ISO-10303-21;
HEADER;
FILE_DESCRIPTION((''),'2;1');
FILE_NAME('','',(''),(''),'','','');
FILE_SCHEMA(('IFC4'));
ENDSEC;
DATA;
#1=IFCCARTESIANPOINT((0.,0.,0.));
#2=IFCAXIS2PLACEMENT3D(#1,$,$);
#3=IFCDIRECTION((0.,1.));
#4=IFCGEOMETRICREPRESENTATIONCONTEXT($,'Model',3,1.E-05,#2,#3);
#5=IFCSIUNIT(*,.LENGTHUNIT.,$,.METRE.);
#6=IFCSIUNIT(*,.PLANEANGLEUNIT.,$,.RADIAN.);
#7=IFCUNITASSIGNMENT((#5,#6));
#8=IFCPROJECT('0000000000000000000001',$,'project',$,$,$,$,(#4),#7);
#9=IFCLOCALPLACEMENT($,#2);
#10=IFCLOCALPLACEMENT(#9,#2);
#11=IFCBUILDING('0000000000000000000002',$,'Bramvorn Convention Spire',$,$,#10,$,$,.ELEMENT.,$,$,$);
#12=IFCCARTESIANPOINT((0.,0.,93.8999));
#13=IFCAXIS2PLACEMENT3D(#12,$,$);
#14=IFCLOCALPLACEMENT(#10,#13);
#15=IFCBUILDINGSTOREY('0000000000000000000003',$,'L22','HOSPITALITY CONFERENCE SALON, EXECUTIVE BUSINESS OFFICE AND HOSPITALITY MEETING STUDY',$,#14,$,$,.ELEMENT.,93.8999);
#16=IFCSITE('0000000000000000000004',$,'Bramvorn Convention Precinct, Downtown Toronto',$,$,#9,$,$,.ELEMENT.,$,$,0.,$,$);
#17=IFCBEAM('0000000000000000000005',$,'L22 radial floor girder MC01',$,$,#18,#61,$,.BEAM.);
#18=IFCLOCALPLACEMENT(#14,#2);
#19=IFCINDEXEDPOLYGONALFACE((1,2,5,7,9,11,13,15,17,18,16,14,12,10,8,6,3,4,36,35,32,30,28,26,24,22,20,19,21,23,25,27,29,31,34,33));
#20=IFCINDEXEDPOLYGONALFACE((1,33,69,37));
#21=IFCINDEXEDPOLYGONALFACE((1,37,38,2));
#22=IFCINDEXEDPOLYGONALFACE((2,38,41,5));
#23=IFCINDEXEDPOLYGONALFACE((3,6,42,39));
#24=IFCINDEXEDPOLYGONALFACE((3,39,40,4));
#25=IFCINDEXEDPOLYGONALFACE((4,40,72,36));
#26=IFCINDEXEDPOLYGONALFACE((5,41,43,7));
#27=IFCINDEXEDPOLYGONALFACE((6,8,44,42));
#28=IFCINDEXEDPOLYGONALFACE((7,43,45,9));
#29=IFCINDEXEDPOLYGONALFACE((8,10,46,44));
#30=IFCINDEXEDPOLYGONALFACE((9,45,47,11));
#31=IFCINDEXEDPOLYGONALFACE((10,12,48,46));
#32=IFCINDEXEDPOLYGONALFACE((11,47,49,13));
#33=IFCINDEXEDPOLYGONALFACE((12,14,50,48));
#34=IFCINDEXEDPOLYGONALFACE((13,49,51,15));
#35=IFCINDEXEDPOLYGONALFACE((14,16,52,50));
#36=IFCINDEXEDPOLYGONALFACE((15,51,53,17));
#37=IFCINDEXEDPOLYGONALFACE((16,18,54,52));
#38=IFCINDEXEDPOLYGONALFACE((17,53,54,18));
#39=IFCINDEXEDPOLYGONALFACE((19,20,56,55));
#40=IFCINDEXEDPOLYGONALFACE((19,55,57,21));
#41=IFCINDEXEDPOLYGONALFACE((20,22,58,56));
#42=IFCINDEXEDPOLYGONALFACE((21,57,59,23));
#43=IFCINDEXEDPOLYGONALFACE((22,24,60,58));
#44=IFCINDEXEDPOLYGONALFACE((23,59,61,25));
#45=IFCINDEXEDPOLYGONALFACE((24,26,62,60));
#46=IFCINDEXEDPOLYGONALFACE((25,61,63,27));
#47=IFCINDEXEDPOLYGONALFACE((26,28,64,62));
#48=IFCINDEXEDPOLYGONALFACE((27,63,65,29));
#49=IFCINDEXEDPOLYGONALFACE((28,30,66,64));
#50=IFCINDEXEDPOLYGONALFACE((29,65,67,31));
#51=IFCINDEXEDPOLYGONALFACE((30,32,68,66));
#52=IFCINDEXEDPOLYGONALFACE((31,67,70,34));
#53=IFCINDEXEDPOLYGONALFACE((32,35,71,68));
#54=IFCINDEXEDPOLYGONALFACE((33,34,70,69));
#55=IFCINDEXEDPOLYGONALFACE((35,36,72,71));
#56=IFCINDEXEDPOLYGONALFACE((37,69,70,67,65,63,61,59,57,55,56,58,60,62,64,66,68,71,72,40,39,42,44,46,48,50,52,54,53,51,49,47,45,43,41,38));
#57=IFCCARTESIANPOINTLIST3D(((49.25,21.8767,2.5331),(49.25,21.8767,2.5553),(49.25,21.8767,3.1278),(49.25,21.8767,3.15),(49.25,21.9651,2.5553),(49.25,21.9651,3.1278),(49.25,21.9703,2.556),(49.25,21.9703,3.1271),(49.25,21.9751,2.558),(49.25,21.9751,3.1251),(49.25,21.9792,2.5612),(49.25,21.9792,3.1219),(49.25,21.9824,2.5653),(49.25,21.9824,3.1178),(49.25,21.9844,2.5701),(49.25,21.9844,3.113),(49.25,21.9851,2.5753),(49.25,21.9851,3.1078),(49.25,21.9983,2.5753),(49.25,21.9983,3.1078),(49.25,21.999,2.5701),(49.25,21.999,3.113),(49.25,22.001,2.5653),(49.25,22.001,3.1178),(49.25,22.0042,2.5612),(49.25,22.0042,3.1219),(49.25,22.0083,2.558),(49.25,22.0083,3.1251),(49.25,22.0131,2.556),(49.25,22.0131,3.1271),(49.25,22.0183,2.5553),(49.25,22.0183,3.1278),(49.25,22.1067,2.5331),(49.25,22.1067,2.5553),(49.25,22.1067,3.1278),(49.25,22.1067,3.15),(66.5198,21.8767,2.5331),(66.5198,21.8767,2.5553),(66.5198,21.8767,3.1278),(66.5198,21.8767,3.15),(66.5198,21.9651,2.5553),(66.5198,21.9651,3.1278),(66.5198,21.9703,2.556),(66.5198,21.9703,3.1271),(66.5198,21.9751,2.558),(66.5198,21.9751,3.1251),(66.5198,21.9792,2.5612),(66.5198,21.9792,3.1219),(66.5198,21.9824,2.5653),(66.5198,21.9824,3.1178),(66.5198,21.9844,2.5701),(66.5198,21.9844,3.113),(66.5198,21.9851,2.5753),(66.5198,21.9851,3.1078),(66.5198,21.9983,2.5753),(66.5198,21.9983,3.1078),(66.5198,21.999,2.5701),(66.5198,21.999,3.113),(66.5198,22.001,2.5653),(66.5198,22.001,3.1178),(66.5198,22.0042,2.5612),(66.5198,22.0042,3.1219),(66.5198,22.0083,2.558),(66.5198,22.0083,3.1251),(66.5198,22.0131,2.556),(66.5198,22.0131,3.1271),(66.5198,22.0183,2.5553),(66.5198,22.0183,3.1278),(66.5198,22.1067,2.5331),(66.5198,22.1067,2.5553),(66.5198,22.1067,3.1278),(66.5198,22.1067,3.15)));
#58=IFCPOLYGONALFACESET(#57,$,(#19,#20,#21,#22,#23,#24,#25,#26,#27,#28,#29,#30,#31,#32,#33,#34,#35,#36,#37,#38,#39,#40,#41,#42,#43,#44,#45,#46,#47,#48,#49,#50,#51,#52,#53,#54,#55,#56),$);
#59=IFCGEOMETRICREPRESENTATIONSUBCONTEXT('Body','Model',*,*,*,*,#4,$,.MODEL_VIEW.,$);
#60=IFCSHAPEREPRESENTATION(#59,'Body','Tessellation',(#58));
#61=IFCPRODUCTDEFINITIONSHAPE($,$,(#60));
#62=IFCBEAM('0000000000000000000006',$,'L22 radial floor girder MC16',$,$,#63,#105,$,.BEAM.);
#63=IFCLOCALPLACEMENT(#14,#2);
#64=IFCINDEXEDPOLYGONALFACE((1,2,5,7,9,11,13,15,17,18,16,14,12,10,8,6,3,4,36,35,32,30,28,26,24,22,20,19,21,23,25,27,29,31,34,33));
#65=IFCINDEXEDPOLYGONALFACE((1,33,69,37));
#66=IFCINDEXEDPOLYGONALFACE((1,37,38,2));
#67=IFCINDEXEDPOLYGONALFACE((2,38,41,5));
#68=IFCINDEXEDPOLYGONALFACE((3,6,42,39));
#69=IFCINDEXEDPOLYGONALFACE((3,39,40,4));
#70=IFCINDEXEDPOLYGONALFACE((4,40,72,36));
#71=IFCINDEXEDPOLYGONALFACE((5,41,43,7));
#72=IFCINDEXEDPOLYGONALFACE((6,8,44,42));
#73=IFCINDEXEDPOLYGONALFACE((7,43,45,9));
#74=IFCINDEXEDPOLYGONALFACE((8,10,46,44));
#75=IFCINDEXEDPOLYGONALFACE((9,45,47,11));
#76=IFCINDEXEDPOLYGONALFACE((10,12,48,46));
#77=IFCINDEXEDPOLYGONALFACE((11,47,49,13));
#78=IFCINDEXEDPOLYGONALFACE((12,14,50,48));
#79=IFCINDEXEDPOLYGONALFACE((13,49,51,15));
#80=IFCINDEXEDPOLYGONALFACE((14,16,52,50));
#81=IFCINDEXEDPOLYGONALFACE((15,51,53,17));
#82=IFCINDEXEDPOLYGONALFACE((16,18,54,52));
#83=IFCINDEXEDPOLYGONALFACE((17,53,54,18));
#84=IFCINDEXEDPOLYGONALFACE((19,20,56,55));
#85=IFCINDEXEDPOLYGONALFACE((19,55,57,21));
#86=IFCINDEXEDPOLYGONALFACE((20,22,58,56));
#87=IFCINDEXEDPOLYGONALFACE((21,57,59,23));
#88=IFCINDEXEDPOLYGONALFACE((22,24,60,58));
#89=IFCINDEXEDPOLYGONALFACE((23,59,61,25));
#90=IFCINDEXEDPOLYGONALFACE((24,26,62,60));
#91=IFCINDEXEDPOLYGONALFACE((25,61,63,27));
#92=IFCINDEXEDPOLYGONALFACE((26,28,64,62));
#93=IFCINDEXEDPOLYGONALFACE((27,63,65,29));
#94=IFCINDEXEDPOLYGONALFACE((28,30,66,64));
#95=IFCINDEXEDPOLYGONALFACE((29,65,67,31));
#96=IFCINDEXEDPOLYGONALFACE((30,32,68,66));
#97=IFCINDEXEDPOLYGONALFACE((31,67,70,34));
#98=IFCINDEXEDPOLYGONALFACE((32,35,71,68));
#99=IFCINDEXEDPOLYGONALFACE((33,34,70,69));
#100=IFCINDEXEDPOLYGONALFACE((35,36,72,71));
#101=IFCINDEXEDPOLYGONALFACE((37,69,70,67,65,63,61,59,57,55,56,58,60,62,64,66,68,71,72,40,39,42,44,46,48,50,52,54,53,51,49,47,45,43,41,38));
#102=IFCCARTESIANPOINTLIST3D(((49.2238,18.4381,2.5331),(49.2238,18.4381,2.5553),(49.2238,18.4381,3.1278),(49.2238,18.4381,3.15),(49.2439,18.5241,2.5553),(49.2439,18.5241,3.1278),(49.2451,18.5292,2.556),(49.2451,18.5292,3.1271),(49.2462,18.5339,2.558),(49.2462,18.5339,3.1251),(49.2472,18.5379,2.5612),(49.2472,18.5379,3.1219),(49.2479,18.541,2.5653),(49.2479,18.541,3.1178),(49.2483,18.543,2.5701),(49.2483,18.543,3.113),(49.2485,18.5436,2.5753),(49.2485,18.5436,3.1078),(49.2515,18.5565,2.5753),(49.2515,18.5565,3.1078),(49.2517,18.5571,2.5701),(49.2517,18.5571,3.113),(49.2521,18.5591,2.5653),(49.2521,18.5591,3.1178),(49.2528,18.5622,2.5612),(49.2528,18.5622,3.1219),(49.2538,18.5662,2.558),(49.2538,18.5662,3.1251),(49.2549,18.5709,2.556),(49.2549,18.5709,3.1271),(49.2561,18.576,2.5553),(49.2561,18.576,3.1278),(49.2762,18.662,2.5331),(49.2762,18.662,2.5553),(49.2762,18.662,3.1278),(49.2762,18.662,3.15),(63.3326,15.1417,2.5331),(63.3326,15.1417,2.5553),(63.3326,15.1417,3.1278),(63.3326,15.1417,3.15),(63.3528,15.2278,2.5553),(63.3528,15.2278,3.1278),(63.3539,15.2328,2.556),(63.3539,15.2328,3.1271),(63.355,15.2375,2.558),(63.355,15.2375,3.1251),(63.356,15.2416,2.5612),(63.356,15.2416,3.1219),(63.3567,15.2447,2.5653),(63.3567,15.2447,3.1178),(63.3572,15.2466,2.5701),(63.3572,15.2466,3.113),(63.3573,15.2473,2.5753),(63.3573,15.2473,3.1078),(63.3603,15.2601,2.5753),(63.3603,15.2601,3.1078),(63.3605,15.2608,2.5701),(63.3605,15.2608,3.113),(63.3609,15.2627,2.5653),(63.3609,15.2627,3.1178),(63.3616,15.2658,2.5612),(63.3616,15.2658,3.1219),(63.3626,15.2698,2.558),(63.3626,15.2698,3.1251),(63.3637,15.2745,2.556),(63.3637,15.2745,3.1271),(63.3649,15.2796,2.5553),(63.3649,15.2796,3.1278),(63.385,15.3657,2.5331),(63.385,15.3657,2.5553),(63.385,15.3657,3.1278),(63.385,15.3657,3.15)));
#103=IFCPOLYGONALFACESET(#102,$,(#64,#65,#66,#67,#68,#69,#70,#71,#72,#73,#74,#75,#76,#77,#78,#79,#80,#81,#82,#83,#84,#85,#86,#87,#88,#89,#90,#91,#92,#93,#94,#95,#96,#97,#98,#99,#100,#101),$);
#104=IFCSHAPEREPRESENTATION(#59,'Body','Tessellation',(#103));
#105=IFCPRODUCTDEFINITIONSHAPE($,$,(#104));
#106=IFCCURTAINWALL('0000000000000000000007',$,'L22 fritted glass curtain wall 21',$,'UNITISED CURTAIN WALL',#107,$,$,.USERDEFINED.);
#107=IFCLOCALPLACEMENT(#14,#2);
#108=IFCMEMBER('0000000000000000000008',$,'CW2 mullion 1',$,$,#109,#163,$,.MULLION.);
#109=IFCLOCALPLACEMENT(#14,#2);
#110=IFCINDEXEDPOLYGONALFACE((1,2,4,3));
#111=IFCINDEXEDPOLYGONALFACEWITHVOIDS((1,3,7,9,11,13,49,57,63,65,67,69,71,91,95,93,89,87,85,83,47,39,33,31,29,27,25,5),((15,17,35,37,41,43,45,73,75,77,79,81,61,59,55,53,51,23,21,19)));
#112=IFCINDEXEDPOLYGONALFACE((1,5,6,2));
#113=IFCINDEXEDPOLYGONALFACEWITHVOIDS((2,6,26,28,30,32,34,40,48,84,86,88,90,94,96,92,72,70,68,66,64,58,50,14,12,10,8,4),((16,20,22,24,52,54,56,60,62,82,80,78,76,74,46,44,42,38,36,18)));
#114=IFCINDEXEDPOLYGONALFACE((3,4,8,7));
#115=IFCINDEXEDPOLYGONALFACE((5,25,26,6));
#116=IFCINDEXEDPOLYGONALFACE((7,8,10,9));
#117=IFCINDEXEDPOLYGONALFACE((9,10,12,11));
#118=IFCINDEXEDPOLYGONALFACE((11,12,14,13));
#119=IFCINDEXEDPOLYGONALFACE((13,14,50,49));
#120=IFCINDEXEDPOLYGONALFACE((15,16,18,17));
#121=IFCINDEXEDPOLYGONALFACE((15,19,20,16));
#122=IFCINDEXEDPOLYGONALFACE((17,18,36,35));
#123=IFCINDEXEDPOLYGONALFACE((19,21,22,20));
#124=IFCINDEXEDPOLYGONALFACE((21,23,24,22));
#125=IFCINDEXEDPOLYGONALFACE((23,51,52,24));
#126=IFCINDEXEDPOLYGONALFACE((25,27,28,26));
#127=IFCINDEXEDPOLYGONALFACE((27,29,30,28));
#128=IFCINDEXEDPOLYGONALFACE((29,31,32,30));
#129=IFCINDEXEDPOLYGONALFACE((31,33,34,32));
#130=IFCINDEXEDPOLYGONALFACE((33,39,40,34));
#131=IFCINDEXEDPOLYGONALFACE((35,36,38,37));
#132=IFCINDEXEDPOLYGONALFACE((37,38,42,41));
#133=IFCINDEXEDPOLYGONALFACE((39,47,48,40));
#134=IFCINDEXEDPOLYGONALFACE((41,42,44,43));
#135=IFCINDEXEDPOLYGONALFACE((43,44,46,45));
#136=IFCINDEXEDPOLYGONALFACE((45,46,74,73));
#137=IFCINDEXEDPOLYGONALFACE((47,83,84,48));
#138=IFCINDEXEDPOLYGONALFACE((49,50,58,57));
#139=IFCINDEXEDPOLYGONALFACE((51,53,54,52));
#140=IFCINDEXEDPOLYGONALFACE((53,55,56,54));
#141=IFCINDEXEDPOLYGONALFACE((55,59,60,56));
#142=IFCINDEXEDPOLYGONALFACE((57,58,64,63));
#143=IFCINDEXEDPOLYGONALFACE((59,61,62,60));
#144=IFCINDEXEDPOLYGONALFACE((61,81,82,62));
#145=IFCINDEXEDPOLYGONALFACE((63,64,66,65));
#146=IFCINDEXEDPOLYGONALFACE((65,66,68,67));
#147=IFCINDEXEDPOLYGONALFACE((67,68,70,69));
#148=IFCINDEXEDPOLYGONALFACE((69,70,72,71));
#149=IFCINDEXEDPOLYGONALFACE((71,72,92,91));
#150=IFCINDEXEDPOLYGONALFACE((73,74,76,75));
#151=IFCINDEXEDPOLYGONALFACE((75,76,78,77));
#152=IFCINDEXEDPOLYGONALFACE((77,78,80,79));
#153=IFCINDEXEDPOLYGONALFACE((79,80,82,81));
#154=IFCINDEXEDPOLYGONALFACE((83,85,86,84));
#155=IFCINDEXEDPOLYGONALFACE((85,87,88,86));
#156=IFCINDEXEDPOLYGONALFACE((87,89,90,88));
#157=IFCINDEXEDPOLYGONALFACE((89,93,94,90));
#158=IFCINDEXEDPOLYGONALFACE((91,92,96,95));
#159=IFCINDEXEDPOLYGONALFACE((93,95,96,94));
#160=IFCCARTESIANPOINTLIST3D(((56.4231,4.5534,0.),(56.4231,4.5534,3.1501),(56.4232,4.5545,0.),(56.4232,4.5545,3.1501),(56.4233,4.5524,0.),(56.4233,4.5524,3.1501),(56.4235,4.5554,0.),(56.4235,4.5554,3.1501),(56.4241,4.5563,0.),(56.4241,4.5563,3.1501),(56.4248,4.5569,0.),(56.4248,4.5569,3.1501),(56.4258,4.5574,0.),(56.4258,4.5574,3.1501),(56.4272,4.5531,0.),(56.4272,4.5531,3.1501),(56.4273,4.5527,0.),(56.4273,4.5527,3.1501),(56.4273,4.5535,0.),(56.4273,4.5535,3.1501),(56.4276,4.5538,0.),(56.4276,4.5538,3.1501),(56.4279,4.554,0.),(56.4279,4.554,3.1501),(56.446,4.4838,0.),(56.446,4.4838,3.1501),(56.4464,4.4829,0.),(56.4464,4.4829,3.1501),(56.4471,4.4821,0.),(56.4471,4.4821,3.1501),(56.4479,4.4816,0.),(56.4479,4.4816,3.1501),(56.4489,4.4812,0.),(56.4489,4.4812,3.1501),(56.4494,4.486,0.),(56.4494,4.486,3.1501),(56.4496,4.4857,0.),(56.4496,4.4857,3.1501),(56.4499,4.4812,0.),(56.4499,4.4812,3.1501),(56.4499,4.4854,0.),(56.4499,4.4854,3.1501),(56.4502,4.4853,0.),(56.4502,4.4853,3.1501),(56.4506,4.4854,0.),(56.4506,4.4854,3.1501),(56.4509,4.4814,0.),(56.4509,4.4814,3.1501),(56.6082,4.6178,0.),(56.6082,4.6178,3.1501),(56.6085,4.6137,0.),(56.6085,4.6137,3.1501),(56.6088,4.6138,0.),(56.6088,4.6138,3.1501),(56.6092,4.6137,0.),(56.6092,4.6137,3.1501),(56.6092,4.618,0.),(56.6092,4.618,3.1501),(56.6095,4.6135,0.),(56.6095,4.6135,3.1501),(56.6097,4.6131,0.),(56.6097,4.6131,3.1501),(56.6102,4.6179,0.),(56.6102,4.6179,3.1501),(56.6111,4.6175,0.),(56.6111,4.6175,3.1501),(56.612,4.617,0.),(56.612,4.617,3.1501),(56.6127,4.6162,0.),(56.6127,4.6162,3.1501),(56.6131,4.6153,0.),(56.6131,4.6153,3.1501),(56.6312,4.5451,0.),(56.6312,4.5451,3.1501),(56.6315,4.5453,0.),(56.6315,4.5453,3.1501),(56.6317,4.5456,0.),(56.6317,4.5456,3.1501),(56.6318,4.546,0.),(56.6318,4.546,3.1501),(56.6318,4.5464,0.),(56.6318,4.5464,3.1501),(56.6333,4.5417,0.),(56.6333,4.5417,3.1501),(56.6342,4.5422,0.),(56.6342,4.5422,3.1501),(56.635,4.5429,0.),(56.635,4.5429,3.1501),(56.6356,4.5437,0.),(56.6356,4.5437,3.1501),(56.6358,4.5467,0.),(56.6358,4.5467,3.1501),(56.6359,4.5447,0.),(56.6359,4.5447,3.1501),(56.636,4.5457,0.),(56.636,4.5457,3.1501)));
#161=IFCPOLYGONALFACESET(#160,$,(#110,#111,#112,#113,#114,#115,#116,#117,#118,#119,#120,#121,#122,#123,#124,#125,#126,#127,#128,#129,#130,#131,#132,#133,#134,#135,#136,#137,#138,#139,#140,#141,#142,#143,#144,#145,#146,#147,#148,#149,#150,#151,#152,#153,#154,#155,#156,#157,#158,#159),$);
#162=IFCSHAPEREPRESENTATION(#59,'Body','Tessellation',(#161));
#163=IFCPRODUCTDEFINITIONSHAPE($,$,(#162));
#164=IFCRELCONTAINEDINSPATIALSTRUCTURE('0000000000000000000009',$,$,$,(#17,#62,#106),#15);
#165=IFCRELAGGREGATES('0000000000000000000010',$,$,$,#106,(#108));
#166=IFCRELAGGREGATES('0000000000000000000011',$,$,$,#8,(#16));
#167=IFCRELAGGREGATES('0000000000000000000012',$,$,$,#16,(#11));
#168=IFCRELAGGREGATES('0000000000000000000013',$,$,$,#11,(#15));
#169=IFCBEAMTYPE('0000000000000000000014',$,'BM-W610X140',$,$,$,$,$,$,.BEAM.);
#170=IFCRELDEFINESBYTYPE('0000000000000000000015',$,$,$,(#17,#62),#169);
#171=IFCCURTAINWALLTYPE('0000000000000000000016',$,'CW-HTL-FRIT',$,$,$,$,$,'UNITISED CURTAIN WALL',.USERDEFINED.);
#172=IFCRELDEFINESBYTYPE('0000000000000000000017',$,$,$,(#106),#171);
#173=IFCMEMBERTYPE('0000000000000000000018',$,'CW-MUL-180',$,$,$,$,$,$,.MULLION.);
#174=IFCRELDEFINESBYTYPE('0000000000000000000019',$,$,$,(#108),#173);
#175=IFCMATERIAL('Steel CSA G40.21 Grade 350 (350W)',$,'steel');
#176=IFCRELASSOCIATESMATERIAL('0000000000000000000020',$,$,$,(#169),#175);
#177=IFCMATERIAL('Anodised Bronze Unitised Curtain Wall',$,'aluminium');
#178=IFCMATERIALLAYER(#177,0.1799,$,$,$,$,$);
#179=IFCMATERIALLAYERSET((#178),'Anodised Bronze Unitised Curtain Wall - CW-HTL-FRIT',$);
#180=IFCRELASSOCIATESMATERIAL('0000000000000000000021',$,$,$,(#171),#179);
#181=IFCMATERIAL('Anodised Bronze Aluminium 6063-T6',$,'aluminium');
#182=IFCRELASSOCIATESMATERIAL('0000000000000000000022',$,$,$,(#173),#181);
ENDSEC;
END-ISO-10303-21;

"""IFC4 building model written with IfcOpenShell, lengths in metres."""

from ifc_helpers import new_model, si_unit, direction, frame, origin, origin_2d, place, context, subcontext, project, spatial, hollow_rectangle, i_section, extrude, material, layer, layer_set, material_profile, profile_set, type_object, element, aggregate, save


model = new_model("IFC4")

# Units and contexts
model_context = context("Model", 3, precision=1e-05, world=origin(), true_north=direction((0.0, 1.0)))
body_context = subcontext(model_context, "Body", "Model", "MODEL_VIEW")
ifc_project = project(units=[si_unit("LENGTHUNIT", "METRE"), si_unit("PLANEANGLEUNIT", "RADIAN")], contexts=[model_context])

# Site, building, storey
site_placement = place(None, origin())
site = spatial("IfcSite", under=ifc_project, at=site_placement, Name="Bramvorn Convention Precinct, Downtown Toronto", CompositionType="ELEMENT", RefElevation=0.0)
building_placement = place(site_placement, origin())
building = spatial("IfcBuilding", under=site, at=building_placement, Name="Bramvorn Convention Spire", CompositionType="ELEMENT")
storey_placement = place(building_placement, frame((0.0, 0.0, 93.8999)))
storey = spatial("IfcBuildingStorey", under=building, at=storey_placement, Name="L22", Description="HOSPITALITY CONFERENCE SALON, EXECUTIVE BUSINESS OFFICE AND HOSPITALITY MEETING STUDY", CompositionType="ELEMENT", Elevation=93.8999)

# Shared definitions
ifc_material_1 = material(Name="Steel CSA G40.21 Grade 350 (350W)", Category="steel")

# Beams
ifc_material_profile_1 = material_profile(ifc_material_1, i_section(OverallWidth=0.23, OverallDepth=0.6169, WebThickness=0.0132, FlangeThickness=0.0222, FilletRadius=0.02, at=origin_2d()))
ifc_profile_set_1 = profile_set([ifc_material_profile_1], Name="Steel CSA G40.21 Grade 350 (350W) - W610X140")
beam_type_1 = type_object("IfcBeamType", Name="BM-W610X140", PredefinedType="BEAM", material=ifc_profile_set_1)
beam_1_placement = place(storey_placement, frame((49.25, 21.9917, 2.8416), z_axis=(1.0, 0.0, 0.0), x_axis=(0.0, 1.0, 0.0)))
element("IfcBeam", 1, at=beam_1_placement, inside=storey, type_object=beam_type_1, Name="L22 radial floor girder MC01", PredefinedType="BEAM", context=body_context, shape_type="SweptSolid", body=[
    extrude(i_section(OverallWidth=0.23, OverallDepth=0.6169, WebThickness=0.0132, FlangeThickness=0.0222, FilletRadius=0.02, at=origin_2d()), origin(), (0.0, 0.0, 1.0), 17.2698),
])
beam_2_placement = place(storey_placement, frame((49.25, 18.55, 2.8416), z_axis=(0.973775, -0.227512, 0.0), x_axis=(0.227512, 0.973775, 0.0)))
element("IfcBeam", 2, at=beam_2_placement, inside=storey, type_object=beam_type_1, Name="L22 radial floor girder MC16", PredefinedType="BEAM", context=body_context, shape_type="SweptSolid", body=[
    extrude(i_section(OverallWidth=0.23, OverallDepth=0.6169, WebThickness=0.0132, FlangeThickness=0.0222, FilletRadius=0.02, at=origin_2d()), origin(), (0.0, 0.0, 1.0), 14.4888),
])

# Curtain wall, member
ifc_material_2 = material(Name="Anodised Bronze Unitised Curtain Wall", Category="aluminium")
ifc_layer_1 = layer(ifc_material_2, 0.1799)
ifc_layer_set_1 = layer_set([ifc_layer_1], Name="Anodised Bronze Unitised Curtain Wall - CW-HTL-FRIT")
curtain_wall_type = type_object("IfcCurtainWallType", Name="CW-HTL-FRIT", ElementType="UNITISED CURTAIN WALL", PredefinedType="USERDEFINED", material=ifc_layer_set_1)
curtain_wall_placement = place(storey_placement, origin())
curtain_wall = element("IfcCurtainWall", 3, at=curtain_wall_placement, inside=storey, type_object=curtain_wall_type, Name="L22 fritted glass curtain wall 21", ObjectType="UNITISED CURTAIN WALL", PredefinedType="USERDEFINED")
ifc_material_3 = material(Name="Anodised Bronze Aluminium 6063-T6", Category="aluminium")
ifc_material_profile_2 = material_profile(ifc_material_3, hollow_rectangle(XDim=0.0801, YDim=0.2, WallThickness=0.0039, InnerFilletRadius=0.001, OuterFilletRadius=0.0039, at=origin_2d()))
ifc_profile_set_2 = profile_set([ifc_material_profile_2], Name="Anodised Bronze Aluminium 6063-T6 - CWM80X200")
member_type_1 = type_object("IfcMemberType", Name="CW-MUL-180", PredefinedType="MULLION", material=ifc_profile_set_2)
member_1_placement = place(storey_placement, frame((56.5295, 4.5496, 0.0), z_axis=(0.0, 0.0, 1.0), x_axis=(0.314269, -0.949334, 0.0)))
member_1 = element("IfcMember", 4, at=member_1_placement, type_object=member_type_1, Name="CW2 mullion 1", PredefinedType="MULLION", context=body_context, shape_type="SweptSolid", body=[
    extrude(hollow_rectangle(XDim=0.0801, YDim=0.2, WallThickness=0.0039, InnerFilletRadius=0.001, OuterFilletRadius=0.0039, at=origin_2d()), origin(), (0.0, 0.0, 1.0), 3.1501),
])

aggregate(curtain_wall, [member_1])

save(model, "model.ifc")
